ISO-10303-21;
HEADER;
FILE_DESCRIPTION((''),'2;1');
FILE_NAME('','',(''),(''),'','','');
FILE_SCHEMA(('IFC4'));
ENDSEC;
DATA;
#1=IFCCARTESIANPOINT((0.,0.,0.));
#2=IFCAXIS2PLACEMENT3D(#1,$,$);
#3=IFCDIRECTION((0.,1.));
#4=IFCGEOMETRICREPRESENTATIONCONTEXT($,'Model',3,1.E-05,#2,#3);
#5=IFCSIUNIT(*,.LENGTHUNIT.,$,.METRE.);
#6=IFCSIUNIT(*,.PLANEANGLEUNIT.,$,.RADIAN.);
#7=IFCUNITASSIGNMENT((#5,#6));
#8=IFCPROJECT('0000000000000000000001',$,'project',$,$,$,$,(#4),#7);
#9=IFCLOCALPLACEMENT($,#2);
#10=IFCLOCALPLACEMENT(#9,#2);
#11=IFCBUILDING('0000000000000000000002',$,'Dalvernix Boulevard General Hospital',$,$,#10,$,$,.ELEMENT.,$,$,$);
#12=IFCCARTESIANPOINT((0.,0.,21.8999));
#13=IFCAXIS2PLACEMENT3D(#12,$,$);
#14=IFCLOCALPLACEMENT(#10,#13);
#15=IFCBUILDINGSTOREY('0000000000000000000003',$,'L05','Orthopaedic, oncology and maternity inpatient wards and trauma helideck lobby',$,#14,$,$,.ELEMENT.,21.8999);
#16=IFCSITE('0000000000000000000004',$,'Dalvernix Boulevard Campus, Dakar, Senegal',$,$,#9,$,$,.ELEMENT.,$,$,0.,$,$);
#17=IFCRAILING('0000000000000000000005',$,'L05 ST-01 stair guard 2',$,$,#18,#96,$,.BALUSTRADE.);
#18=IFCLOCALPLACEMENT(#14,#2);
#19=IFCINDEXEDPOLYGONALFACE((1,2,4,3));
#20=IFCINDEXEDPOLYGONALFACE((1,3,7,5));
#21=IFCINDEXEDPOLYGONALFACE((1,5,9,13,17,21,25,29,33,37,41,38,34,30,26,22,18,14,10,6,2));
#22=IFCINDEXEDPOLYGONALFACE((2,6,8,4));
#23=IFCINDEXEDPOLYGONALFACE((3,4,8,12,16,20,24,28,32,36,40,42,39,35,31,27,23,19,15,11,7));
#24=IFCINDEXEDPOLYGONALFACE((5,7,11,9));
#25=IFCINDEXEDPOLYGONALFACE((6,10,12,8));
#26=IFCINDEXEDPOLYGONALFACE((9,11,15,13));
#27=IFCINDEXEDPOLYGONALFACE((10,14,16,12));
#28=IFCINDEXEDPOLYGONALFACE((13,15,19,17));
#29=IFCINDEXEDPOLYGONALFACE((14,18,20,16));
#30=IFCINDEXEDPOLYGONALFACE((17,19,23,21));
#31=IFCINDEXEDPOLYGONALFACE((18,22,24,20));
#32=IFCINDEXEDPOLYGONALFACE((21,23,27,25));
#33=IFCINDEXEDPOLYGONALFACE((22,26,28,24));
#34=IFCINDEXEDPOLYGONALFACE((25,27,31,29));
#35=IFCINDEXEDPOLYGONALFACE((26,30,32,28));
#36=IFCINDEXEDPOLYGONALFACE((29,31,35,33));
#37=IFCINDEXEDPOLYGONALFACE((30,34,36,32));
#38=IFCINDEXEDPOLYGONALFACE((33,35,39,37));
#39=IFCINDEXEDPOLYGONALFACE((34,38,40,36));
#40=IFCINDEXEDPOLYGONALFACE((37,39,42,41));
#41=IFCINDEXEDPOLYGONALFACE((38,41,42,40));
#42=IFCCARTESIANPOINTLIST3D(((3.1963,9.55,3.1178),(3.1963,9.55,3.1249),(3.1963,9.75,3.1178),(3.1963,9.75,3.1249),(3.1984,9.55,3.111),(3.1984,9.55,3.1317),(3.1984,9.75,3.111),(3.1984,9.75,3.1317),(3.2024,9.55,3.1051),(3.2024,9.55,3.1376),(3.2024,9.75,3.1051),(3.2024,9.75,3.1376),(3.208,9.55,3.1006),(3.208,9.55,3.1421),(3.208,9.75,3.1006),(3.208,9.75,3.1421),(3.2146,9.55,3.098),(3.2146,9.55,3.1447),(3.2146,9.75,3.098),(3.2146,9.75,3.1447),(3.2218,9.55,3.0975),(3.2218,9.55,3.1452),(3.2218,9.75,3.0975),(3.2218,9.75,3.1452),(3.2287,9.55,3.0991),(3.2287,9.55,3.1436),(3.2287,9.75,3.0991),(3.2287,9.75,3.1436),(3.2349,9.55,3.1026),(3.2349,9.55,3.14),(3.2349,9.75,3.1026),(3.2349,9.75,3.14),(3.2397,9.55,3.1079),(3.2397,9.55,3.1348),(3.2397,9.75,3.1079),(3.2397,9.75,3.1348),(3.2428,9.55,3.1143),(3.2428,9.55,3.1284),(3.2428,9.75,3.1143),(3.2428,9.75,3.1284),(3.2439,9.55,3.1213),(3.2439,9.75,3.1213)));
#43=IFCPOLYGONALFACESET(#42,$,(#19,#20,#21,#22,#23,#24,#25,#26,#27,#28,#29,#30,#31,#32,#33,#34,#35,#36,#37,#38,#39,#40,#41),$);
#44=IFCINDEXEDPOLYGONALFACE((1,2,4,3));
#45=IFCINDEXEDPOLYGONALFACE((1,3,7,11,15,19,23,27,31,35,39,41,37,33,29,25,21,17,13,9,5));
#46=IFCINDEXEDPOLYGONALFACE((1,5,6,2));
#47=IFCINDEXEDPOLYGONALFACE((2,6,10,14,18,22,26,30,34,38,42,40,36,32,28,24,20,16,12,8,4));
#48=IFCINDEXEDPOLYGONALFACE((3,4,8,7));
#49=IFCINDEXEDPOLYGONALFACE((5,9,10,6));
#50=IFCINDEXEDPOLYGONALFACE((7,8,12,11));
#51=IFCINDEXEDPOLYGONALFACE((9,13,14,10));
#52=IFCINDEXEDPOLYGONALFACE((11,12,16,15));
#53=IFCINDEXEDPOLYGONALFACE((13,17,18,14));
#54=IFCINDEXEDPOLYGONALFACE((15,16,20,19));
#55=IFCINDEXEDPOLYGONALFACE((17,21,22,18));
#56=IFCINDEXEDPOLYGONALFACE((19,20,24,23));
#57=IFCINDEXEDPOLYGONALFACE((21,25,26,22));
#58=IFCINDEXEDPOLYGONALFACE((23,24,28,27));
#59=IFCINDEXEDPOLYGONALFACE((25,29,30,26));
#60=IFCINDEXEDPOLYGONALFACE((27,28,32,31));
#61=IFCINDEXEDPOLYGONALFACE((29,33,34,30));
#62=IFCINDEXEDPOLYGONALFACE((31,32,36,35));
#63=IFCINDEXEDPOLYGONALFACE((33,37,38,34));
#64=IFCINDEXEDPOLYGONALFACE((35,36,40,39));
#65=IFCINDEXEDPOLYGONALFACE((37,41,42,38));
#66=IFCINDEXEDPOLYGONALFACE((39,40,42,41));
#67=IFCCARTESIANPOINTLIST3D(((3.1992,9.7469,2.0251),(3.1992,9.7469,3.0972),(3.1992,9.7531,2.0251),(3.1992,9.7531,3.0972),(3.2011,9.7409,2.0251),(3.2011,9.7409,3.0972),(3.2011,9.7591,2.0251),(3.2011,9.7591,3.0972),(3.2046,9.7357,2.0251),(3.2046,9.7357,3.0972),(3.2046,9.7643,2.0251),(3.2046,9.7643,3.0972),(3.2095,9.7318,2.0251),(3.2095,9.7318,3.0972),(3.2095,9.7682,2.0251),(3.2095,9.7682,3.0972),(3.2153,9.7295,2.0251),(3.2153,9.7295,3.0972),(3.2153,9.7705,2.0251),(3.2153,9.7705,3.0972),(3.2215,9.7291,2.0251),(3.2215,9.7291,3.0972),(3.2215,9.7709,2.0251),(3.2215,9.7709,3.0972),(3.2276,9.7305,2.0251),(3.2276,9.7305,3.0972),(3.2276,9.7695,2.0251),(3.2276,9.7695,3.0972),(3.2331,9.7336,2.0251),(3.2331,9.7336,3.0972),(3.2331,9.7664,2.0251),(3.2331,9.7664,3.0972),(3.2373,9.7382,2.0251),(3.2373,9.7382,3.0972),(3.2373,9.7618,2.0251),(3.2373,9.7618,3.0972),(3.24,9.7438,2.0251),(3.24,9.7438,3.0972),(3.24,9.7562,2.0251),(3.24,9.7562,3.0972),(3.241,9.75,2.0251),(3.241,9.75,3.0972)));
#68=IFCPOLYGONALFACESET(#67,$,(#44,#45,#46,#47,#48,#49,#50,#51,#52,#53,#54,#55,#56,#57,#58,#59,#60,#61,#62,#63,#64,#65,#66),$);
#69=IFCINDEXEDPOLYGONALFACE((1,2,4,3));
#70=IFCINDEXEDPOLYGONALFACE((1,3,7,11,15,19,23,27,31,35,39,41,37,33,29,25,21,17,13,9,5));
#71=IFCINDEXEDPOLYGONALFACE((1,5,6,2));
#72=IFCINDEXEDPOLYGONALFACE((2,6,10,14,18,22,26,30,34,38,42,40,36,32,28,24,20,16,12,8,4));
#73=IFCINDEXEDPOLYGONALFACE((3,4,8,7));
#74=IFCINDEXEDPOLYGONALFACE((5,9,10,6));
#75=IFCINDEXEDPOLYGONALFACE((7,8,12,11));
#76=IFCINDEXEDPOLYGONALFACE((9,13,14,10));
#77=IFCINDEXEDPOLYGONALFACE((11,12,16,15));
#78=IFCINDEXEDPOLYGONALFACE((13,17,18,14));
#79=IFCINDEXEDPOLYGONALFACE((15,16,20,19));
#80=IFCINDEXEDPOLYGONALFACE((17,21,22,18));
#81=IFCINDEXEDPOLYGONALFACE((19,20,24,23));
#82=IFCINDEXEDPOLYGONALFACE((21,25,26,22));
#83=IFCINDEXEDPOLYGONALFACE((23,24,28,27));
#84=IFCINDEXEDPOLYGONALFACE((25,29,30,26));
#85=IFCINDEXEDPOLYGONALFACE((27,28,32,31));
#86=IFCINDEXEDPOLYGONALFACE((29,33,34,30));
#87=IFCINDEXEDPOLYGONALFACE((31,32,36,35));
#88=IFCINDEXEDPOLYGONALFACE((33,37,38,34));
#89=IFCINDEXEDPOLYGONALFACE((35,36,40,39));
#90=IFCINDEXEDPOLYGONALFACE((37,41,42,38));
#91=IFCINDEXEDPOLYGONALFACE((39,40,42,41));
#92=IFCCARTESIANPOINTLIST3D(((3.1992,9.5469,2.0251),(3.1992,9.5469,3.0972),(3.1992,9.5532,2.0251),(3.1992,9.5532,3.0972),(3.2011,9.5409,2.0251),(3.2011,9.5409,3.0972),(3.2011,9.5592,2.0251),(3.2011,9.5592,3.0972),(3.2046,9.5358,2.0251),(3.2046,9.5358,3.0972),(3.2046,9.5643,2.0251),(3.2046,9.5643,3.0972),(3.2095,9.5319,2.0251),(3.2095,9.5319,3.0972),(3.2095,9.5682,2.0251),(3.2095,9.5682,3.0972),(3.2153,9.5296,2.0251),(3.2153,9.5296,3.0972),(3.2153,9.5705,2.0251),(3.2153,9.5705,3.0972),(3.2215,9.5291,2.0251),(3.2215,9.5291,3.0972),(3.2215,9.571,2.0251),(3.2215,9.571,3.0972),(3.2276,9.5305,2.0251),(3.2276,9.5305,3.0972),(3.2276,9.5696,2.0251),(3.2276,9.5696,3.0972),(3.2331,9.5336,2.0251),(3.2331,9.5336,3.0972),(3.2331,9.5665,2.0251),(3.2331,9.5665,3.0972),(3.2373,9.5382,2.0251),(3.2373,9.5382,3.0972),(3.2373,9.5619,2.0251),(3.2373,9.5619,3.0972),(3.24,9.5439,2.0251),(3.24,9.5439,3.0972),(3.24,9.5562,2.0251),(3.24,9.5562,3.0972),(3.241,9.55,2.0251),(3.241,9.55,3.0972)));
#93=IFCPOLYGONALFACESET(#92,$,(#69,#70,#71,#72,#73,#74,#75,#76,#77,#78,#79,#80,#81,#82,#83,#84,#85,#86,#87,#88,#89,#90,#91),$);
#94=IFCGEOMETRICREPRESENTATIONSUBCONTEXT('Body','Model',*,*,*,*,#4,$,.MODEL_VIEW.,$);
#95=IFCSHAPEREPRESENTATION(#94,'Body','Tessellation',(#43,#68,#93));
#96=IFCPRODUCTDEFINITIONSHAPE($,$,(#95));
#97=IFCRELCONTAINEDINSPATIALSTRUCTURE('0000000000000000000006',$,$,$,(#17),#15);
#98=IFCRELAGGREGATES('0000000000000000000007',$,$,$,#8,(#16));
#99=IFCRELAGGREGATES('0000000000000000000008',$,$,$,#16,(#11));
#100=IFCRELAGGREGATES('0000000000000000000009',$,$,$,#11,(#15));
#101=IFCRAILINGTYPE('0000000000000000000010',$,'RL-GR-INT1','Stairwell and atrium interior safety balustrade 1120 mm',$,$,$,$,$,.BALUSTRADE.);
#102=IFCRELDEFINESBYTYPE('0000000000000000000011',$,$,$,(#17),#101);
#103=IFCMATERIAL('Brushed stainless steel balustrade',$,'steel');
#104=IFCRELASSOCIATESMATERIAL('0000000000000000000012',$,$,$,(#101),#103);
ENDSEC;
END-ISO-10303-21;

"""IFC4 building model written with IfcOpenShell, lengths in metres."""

from ifc_helpers import new_model, si_unit, direction, frame, origin, origin_2d, place, context, subcontext, project, spatial, circle, extrude, material, type_object, element, save


model = new_model("IFC4")

# Units and contexts
model_context = context("Model", 3, precision=1e-05, world=origin(), true_north=direction((0.0, 1.0)))
body_context = subcontext(model_context, "Body", "Model", "MODEL_VIEW")
ifc_project = project(units=[si_unit("LENGTHUNIT", "METRE"), si_unit("PLANEANGLEUNIT", "RADIAN")], contexts=[model_context])

# Site, building, storey
site_placement = place(None, origin())
site = spatial("IfcSite", under=ifc_project, at=site_placement, Name="Dalvernix Boulevard Campus, Dakar, Senegal", CompositionType="ELEMENT", RefElevation=0.0)
building_placement = place(site_placement, origin())
building = spatial("IfcBuilding", under=site, at=building_placement, Name="Dalvernix Boulevard General Hospital", CompositionType="ELEMENT")
storey_placement = place(building_placement, frame((0.0, 0.0, 21.8999)))
storey = spatial("IfcBuildingStorey", under=building, at=storey_placement, Name="L05", Description="Orthopaedic, oncology and maternity inpatient wards and trauma helideck lobby", CompositionType="ELEMENT", Elevation=21.8999)

# Railing
ifc_material_1 = material(Name="Brushed stainless steel balustrade", Category="steel")
railing_type_1 = type_object("IfcRailingType", Name="RL-GR-INT1", Description="Stairwell and atrium interior safety balustrade 1120 mm", PredefinedType="BALUSTRADE", material=ifc_material_1)
railing_1_placement = place(storey_placement, frame((3.22, 9.75, 2.0251)))
element("IfcRailing", 1, at=railing_1_placement, inside=storey, type_object=railing_type_1, Name="L05 ST-01 stair guard 2", PredefinedType="BALUSTRADE", context=body_context, shape_type="SweptSolid", body=[
    extrude(circle(Radius=0.0239, at=origin_2d()), frame((0.0, 0.0, 1.0962), z_axis=(0.0, -1.0, 0.0), x_axis=(1.0, 0.0, 0.0)), (0.0, 0.0, 1.0), 0.2),
    extrude(circle(Radius=0.021, at=origin_2d()), origin(), (0.0, 0.0, 1.0), 1.072),
    extrude(circle(Radius=0.021, at=origin_2d()), frame((0.0, -0.2, 0.0)), (0.0, 0.0, 1.0), 1.072),
])

save(model, "model.ifc")
